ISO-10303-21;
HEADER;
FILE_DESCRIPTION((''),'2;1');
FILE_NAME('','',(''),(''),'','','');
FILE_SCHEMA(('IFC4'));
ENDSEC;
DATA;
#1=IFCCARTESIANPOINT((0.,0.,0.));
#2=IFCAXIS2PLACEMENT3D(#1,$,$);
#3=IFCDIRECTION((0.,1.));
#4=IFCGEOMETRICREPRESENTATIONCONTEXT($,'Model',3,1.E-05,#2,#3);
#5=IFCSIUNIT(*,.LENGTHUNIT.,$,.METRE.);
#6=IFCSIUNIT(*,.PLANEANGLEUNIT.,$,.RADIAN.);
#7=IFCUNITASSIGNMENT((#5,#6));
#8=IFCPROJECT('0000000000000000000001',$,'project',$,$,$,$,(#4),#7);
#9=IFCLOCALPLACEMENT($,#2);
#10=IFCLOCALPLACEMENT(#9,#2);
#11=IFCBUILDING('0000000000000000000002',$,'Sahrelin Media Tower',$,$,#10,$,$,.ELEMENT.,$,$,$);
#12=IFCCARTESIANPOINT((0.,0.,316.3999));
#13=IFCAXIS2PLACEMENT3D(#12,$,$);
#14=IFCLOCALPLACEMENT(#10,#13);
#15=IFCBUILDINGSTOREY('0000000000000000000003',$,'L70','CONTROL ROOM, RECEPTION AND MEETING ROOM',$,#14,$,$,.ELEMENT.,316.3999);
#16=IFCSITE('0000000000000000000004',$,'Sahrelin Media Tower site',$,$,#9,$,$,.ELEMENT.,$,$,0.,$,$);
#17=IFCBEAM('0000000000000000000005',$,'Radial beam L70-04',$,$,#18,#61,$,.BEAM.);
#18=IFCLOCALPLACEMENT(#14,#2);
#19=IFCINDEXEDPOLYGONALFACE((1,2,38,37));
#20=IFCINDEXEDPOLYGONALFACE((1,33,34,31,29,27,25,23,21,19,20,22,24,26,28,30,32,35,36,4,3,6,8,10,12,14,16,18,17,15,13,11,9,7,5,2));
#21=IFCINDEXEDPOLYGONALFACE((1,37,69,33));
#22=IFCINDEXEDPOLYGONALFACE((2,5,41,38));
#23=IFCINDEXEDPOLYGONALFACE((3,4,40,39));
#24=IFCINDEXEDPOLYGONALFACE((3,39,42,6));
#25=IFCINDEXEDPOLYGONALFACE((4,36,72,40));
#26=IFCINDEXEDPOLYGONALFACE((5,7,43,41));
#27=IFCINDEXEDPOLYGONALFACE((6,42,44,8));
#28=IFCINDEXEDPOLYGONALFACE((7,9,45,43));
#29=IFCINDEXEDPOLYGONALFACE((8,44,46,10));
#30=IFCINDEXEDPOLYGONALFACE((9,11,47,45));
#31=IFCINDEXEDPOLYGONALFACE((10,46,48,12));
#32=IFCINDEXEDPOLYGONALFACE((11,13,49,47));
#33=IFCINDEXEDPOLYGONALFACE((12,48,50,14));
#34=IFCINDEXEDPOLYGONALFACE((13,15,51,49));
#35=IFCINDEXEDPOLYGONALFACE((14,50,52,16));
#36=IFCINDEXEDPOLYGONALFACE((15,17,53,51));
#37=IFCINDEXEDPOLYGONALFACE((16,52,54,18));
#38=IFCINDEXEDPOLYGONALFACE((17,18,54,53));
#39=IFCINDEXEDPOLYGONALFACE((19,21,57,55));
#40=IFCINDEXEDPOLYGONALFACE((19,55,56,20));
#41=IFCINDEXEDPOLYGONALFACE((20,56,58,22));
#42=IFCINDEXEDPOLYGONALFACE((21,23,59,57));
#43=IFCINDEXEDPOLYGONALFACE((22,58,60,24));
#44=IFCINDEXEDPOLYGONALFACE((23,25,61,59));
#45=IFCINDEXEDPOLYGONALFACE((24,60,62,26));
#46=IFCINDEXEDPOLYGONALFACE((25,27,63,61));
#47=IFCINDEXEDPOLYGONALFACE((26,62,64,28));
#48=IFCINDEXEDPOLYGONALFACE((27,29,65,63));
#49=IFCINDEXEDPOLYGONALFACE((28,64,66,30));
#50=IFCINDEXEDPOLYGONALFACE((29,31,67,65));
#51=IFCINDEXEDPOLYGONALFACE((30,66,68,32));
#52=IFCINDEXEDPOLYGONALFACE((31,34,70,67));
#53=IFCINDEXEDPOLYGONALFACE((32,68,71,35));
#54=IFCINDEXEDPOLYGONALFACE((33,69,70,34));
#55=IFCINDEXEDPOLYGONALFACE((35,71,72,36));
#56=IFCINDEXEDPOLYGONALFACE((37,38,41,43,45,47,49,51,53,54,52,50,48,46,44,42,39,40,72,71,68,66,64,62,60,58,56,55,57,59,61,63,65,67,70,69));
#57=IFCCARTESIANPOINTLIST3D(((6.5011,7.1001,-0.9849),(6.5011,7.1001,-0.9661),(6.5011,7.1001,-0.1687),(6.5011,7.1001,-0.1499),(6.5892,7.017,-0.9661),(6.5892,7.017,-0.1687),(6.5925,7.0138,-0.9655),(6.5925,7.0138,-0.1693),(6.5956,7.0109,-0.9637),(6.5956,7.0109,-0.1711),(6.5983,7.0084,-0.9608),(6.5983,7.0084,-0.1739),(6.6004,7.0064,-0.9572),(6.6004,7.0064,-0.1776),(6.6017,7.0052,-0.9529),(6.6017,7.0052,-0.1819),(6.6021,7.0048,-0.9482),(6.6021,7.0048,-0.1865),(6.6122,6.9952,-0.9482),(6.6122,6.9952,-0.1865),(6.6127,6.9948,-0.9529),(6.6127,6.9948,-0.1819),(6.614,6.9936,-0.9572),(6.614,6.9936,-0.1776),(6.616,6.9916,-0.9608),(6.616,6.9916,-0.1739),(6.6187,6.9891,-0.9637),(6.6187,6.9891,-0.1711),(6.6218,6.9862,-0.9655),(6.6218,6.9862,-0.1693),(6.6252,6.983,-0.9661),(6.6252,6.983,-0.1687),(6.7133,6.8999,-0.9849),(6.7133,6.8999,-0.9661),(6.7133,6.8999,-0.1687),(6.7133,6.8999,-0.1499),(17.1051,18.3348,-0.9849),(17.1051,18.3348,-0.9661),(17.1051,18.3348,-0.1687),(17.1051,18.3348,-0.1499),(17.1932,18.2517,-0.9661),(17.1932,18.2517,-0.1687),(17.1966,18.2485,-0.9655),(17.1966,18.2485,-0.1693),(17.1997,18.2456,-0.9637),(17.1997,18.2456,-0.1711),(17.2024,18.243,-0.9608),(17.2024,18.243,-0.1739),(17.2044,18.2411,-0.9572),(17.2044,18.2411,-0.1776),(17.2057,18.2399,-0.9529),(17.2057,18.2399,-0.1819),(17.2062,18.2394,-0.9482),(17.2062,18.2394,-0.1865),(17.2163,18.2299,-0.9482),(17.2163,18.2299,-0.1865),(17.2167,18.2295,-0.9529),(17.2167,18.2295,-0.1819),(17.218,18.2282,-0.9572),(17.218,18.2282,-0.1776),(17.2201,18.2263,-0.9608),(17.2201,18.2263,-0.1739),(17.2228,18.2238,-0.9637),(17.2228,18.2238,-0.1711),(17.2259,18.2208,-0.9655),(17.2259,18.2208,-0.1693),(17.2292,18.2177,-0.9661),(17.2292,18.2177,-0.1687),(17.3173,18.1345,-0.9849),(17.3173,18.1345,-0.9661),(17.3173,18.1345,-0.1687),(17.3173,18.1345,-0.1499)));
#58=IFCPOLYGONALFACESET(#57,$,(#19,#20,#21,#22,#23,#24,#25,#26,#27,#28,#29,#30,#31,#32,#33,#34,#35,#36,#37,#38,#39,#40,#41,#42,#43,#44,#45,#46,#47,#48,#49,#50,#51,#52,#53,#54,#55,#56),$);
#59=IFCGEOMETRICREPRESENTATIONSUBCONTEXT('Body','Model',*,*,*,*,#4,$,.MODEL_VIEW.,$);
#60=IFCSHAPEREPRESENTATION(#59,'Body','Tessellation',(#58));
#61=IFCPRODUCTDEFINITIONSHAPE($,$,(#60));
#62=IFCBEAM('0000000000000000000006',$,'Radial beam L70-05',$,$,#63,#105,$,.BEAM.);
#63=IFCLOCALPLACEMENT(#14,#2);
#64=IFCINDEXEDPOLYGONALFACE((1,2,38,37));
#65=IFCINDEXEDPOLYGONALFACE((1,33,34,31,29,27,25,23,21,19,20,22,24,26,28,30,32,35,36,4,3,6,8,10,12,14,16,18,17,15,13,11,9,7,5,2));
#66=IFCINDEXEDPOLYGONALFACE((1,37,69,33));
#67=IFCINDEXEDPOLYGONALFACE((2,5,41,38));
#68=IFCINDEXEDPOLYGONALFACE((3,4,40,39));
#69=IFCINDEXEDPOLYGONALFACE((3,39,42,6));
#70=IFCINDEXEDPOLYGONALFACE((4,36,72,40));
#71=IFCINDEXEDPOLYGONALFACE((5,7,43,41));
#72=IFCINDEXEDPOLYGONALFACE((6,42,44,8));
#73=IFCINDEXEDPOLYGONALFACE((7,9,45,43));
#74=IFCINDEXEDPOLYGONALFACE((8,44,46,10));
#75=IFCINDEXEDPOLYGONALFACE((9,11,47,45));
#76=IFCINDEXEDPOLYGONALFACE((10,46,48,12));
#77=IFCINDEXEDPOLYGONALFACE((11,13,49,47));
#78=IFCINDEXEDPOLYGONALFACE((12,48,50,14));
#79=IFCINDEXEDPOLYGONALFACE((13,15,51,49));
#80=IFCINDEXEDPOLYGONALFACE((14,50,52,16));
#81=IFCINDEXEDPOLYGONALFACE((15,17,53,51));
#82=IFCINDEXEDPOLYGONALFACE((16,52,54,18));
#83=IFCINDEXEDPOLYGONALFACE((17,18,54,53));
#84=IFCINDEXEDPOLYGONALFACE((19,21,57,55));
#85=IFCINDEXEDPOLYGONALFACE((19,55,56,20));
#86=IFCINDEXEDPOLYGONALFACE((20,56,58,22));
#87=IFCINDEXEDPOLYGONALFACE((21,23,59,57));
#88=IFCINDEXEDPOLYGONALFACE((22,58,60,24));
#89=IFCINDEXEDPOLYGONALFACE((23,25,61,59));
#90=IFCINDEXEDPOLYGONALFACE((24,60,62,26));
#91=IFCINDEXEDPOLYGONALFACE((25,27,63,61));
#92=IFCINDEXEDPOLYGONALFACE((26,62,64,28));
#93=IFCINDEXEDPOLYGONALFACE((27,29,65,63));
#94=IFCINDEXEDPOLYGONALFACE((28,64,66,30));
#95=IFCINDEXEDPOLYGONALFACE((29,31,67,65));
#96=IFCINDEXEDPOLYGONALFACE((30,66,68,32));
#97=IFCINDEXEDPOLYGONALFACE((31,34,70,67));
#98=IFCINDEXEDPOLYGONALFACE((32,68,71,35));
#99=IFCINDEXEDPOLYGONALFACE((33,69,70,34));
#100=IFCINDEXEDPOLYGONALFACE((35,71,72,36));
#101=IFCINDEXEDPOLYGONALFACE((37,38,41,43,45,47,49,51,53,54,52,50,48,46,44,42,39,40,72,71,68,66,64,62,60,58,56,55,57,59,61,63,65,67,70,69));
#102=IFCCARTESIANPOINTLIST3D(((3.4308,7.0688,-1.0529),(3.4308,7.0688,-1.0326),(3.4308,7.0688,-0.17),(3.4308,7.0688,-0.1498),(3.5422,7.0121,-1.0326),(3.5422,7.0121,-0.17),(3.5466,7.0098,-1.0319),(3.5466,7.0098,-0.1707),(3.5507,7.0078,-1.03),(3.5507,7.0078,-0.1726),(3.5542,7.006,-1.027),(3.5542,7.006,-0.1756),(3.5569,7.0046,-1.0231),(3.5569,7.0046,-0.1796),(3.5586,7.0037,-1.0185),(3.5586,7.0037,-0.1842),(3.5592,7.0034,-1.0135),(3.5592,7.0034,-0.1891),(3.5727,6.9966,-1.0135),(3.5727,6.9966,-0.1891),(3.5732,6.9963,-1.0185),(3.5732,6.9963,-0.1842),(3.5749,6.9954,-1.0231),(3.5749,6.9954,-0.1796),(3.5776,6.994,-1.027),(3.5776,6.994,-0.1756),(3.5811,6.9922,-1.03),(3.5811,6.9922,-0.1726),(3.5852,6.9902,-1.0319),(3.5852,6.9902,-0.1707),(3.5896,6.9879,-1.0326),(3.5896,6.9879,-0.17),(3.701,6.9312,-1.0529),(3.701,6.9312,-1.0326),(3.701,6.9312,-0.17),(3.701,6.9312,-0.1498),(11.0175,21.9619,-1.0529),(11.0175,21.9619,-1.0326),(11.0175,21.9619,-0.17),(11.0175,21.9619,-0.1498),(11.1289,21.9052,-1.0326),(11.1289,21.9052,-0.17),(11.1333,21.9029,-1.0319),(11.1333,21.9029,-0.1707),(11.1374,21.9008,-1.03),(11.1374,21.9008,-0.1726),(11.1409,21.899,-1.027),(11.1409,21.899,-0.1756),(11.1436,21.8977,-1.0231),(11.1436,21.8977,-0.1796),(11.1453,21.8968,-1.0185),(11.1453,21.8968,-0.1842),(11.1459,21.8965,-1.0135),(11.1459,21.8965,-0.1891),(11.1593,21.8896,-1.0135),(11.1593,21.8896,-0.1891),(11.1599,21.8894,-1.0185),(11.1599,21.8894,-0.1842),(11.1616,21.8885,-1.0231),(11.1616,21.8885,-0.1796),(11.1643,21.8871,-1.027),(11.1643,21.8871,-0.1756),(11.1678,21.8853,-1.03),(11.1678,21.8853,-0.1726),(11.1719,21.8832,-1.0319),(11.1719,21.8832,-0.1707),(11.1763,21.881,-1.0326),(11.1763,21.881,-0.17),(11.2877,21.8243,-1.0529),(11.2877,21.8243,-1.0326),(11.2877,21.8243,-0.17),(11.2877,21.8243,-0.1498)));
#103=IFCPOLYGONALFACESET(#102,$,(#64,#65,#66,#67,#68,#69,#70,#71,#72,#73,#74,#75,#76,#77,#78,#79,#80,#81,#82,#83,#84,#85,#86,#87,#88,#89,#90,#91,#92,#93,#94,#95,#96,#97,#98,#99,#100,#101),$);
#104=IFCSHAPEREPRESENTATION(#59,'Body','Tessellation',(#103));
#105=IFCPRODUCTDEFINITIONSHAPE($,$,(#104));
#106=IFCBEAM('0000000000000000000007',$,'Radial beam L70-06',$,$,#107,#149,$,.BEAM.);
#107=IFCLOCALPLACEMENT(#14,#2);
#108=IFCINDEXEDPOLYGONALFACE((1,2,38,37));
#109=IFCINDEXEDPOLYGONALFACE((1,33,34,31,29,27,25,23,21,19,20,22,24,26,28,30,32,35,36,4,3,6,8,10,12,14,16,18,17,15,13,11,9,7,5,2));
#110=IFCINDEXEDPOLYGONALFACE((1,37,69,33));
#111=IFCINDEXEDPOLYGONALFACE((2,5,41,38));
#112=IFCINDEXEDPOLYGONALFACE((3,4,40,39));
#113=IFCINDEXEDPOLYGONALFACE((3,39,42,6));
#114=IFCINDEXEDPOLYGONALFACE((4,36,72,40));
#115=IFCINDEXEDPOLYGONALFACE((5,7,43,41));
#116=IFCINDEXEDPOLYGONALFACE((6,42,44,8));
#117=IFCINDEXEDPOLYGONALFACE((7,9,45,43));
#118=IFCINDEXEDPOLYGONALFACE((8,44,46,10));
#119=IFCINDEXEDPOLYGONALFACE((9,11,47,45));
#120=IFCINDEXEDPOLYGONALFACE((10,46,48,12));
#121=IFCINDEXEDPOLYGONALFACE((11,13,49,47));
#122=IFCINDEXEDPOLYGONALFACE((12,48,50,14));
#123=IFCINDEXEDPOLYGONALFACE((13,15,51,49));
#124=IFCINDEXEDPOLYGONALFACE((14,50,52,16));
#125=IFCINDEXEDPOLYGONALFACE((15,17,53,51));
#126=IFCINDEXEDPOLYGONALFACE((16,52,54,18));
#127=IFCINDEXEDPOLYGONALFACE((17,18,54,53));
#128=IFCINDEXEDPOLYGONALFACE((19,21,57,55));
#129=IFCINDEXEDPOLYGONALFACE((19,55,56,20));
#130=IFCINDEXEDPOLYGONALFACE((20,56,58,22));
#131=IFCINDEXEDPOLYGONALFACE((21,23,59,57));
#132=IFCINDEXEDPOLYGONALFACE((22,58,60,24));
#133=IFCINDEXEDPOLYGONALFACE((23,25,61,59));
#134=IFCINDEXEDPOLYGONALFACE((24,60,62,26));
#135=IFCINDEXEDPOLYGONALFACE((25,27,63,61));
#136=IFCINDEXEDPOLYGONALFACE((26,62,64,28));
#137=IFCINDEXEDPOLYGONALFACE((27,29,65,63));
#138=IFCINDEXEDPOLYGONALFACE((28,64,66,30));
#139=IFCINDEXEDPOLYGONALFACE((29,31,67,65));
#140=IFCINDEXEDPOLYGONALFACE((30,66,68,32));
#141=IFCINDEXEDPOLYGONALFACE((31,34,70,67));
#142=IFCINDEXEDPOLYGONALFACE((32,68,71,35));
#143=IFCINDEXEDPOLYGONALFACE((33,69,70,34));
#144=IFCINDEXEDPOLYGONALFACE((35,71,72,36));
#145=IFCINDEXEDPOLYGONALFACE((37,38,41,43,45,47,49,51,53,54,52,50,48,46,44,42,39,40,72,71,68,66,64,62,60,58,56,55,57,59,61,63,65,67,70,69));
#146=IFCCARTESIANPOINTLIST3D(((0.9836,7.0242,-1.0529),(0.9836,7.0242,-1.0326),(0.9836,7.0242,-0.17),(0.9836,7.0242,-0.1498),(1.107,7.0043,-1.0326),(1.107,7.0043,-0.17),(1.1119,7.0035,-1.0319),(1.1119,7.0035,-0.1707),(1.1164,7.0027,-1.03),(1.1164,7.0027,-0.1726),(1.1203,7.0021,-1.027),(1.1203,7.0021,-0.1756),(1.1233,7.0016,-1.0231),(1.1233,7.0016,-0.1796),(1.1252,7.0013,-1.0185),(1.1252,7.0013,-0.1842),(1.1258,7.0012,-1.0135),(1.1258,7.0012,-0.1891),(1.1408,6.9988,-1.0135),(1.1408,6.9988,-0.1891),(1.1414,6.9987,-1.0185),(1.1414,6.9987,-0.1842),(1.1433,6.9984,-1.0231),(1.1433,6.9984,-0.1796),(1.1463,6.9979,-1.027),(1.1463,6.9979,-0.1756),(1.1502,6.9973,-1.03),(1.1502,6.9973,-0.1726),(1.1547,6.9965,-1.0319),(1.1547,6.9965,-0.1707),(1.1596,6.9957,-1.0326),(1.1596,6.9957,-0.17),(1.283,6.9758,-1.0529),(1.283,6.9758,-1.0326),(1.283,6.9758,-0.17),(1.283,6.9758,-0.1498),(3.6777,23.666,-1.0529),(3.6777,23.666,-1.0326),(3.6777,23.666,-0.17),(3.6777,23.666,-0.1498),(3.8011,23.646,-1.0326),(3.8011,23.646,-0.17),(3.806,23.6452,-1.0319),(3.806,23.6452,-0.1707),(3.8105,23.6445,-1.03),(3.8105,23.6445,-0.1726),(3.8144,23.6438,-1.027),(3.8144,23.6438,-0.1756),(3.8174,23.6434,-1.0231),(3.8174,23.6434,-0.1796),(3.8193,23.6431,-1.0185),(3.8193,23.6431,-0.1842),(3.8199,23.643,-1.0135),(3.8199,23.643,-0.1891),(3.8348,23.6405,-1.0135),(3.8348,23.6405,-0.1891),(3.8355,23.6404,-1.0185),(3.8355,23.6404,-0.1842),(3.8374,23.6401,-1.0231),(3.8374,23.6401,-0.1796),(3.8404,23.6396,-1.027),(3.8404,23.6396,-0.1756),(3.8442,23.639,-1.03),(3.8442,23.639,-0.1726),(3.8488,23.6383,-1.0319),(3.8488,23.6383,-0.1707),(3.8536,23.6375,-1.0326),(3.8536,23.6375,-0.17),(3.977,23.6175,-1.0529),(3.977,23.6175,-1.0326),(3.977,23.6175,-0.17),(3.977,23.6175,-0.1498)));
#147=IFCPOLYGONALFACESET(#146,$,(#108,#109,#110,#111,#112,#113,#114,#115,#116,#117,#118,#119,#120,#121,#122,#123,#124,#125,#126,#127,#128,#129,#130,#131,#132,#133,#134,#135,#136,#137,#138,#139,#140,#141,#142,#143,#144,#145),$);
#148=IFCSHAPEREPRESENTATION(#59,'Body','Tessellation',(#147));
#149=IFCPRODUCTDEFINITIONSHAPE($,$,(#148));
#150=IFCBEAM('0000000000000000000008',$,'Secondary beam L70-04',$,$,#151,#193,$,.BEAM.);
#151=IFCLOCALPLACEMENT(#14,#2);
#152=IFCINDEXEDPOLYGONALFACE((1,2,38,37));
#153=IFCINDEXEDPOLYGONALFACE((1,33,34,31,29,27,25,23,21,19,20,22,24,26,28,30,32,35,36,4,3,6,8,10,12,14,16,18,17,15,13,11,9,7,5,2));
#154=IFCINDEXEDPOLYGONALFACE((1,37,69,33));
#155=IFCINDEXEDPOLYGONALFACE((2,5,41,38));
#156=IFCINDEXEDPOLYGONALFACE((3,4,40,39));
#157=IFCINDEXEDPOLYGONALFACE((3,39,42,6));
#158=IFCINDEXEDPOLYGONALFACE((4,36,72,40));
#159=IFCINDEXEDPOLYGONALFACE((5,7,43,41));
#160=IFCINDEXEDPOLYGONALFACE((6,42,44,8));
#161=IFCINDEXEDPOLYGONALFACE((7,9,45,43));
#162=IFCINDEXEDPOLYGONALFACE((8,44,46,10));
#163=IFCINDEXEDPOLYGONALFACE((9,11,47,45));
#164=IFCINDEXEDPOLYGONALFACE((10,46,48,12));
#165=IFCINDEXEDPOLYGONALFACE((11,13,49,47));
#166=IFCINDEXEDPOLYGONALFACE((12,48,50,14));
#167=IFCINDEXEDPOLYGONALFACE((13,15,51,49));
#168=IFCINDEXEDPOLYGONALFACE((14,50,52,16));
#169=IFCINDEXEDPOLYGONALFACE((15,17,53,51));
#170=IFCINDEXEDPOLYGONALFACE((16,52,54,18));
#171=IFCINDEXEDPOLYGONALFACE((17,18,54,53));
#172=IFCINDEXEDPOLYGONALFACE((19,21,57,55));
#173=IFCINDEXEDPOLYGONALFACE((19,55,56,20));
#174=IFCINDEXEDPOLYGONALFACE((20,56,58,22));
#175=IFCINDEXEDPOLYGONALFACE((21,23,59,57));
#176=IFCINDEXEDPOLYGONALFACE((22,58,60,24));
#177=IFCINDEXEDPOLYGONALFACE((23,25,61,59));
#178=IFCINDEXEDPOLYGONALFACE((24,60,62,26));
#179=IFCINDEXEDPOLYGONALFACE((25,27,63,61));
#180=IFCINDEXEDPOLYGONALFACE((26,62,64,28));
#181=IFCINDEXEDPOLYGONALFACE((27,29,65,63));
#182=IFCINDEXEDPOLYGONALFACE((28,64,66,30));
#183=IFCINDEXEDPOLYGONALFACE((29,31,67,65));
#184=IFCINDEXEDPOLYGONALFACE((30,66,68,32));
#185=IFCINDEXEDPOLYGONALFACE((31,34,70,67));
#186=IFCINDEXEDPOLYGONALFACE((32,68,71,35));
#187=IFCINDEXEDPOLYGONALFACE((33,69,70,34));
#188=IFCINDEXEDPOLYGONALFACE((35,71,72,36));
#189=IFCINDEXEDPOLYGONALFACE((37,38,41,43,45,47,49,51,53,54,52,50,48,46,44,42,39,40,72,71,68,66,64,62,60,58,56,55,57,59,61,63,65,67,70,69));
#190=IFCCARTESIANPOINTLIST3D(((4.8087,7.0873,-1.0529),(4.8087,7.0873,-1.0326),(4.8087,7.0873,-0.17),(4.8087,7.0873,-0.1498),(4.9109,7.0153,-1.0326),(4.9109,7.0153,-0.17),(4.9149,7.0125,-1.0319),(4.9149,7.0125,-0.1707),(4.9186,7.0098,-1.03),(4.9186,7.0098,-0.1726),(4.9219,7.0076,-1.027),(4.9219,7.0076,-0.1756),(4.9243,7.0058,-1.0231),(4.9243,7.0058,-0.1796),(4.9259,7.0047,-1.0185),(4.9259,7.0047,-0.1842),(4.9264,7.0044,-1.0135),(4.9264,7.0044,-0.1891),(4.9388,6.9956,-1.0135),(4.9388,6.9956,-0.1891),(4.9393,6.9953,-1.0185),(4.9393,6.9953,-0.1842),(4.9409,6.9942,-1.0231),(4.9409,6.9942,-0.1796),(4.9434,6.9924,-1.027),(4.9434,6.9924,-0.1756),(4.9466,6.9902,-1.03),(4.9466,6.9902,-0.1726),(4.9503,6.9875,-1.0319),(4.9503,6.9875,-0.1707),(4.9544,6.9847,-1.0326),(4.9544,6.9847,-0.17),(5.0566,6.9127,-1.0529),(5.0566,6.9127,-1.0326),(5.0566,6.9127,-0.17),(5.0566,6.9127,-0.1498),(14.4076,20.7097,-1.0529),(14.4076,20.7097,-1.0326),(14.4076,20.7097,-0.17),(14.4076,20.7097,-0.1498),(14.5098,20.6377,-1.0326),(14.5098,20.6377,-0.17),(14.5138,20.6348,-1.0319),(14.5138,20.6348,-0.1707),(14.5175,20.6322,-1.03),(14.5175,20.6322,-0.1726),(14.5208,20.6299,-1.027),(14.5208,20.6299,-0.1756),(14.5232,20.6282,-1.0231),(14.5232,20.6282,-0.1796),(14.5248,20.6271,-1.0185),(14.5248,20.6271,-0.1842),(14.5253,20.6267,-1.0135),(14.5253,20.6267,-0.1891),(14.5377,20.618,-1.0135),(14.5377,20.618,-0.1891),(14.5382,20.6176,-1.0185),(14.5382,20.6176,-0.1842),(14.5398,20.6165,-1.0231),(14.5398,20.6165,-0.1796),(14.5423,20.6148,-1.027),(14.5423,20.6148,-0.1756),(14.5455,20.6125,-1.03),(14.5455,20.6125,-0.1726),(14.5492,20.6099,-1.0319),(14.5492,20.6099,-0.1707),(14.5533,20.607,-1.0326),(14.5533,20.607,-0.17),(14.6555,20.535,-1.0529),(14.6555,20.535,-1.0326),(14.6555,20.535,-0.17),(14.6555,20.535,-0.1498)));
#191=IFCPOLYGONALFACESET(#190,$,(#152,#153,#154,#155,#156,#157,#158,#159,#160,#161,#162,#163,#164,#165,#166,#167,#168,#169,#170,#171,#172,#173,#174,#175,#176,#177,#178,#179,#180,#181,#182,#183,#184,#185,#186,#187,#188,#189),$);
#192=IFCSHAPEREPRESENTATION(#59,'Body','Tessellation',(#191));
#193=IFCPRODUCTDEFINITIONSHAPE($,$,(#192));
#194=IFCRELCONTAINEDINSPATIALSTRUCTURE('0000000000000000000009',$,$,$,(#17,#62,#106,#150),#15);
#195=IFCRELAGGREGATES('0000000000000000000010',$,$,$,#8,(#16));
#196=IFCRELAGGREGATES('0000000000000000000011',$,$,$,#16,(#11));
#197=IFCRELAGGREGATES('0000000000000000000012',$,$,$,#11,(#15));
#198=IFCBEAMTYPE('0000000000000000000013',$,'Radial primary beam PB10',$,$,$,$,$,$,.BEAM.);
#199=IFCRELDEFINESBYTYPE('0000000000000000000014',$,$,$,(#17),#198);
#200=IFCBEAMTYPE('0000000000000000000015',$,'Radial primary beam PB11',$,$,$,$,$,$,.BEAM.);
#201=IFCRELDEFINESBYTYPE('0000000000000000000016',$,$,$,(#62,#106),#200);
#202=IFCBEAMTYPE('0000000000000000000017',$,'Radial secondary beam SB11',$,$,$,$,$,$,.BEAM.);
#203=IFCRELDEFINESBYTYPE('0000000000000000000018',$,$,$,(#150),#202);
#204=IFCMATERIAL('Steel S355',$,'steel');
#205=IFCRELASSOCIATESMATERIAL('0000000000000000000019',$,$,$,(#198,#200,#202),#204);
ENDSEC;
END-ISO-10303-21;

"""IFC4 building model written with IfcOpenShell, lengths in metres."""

from ifc_helpers import new_model, si_unit, direction, frame, origin, origin_2d, place, context, subcontext, project, spatial, i_section, extrude, material, material_profile, profile_set, type_object, element, save


model = new_model("IFC4")

# Units and contexts
model_context = context("Model", 3, precision=1e-05, world=origin(), true_north=direction((0.0, 1.0)))
body_context = subcontext(model_context, "Body", "Model", "MODEL_VIEW")
ifc_project = project(units=[si_unit("LENGTHUNIT", "METRE"), si_unit("PLANEANGLEUNIT", "RADIAN")], contexts=[model_context])

# Site, building, storey
site_placement = place(None, origin())
site = spatial("IfcSite", under=ifc_project, at=site_placement, Name="Sahrelin Media Tower site", CompositionType="ELEMENT", RefElevation=0.0)
building_placement = place(site_placement, origin())
building = spatial("IfcBuilding", under=site, at=building_placement, Name="Sahrelin Media Tower", CompositionType="ELEMENT")
storey_placement = place(building_placement, frame((0.0, 0.0, 316.3999)))
storey = spatial("IfcBuildingStorey", under=building, at=storey_placement, Name="L70", Description="CONTROL ROOM, RECEPTION AND MEETING ROOM", CompositionType="ELEMENT", Elevation=316.3999)

# Shared definitions
ifc_material_1 = material(Name="Steel S355", Category="steel")

# Beams
ifc_material_profile_1 = material_profile(ifc_material_1, i_section(OverallWidth=0.2917, OverallDepth=0.835, WebThickness=0.0139, FlangeThickness=0.0188, FilletRadius=0.0178, at=origin_2d()), Name="UB 838x292x176")
ifc_profile_set_1 = profile_set([ifc_material_profile_1], Name="Steel S355")
beam_type_1 = type_object("IfcBeamType", Name="Radial primary beam PB10", PredefinedType="BEAM", material=ifc_profile_set_1)
beam_1_placement = place(storey_placement, frame((6.6072, 7.0, -0.5674), z_axis=(0.686402, 0.727222, 0.0), x_axis=(-0.727222, 0.686402, 0.0)))
element("IfcBeam", 1, at=beam_1_placement, inside=storey, type_object=beam_type_1, Name="Radial beam L70-04", PredefinedType="BEAM", context=body_context, shape_type="SweptSolid", body=[
    extrude(i_section(OverallWidth=0.2917, OverallDepth=0.835, WebThickness=0.0139, FlangeThickness=0.0188, FilletRadius=0.0178, at=origin_2d()), origin(), (0.0, 0.0, 1.0), 15.4487),
])
ifc_material_profile_2 = material_profile(ifc_material_1, i_section(OverallWidth=0.3032, OverallDepth=0.9031, WebThickness=0.0151, FlangeThickness=0.0203, FilletRadius=0.019, at=origin_2d()), Name="UB 914x305x201")
ifc_profile_set_2 = profile_set([ifc_material_profile_2], Name="Steel S355")
beam_type_2 = type_object("IfcBeamType", Name="Radial primary beam PB11", PredefinedType="BEAM", material=ifc_profile_set_2)
beam_2_placement = place(storey_placement, frame((3.5659, 7.0, -0.6013), z_axis=(0.453908, 0.891048, 0.0), x_axis=(-0.891048, 0.453908, 0.0)))
element("IfcBeam", 2, at=beam_2_placement, inside=storey, type_object=beam_type_2, Name="Radial beam L70-05", PredefinedType="BEAM", context=body_context, shape_type="SweptSolid", body=[
    extrude(i_section(OverallWidth=0.3032, OverallDepth=0.9031, WebThickness=0.0151, FlangeThickness=0.0203, FilletRadius=0.019, at=origin_2d()), origin(), (0.0, 0.0, 1.0), 16.7141),
])
beam_3_placement = place(storey_placement, frame((1.1333, 7.0, -0.6013), z_axis=(0.159806, 0.987148, 0.0), x_axis=(-0.987148, 0.159806, 0.0)))
element("IfcBeam", 3, at=beam_3_placement, inside=storey, type_object=beam_type_2, Name="Radial beam L70-06", PredefinedType="BEAM", context=body_context, shape_type="SweptSolid", body=[
    extrude(i_section(OverallWidth=0.3032, OverallDepth=0.9031, WebThickness=0.0151, FlangeThickness=0.0203, FilletRadius=0.019, at=origin_2d()), origin(), (0.0, 0.0, 1.0), 16.8584),
])
ifc_material_profile_3 = material_profile(ifc_material_1, i_section(OverallWidth=0.3032, OverallDepth=0.9031, WebThickness=0.0151, FlangeThickness=0.0203, FilletRadius=0.019, at=origin_2d()), Name="UB 914x305x201")
ifc_profile_set_3 = profile_set([ifc_material_profile_3], Name="Steel S355")
beam_type_3 = type_object("IfcBeamType", Name="Radial secondary beam SB11", PredefinedType="BEAM", material=ifc_profile_set_3)
beam_4_placement = place(storey_placement, frame((4.9326, 7.0, -0.6013), z_axis=(0.576007, 0.817445, 0.0), x_axis=(-0.817445, 0.576007, 0.0)))
element("IfcBeam", 4, at=beam_4_placement, inside=storey, type_object=beam_type_3, Name="Secondary beam L70-04", PredefinedType="BEAM", context=body_context, shape_type="SweptSolid", body=[
    extrude(i_section(OverallWidth=0.3032, OverallDepth=0.9031, WebThickness=0.0151, FlangeThickness=0.0203, FilletRadius=0.019, at=origin_2d()), origin(), (0.0, 0.0, 1.0), 16.6646),
])

save(model, "model.ifc")
